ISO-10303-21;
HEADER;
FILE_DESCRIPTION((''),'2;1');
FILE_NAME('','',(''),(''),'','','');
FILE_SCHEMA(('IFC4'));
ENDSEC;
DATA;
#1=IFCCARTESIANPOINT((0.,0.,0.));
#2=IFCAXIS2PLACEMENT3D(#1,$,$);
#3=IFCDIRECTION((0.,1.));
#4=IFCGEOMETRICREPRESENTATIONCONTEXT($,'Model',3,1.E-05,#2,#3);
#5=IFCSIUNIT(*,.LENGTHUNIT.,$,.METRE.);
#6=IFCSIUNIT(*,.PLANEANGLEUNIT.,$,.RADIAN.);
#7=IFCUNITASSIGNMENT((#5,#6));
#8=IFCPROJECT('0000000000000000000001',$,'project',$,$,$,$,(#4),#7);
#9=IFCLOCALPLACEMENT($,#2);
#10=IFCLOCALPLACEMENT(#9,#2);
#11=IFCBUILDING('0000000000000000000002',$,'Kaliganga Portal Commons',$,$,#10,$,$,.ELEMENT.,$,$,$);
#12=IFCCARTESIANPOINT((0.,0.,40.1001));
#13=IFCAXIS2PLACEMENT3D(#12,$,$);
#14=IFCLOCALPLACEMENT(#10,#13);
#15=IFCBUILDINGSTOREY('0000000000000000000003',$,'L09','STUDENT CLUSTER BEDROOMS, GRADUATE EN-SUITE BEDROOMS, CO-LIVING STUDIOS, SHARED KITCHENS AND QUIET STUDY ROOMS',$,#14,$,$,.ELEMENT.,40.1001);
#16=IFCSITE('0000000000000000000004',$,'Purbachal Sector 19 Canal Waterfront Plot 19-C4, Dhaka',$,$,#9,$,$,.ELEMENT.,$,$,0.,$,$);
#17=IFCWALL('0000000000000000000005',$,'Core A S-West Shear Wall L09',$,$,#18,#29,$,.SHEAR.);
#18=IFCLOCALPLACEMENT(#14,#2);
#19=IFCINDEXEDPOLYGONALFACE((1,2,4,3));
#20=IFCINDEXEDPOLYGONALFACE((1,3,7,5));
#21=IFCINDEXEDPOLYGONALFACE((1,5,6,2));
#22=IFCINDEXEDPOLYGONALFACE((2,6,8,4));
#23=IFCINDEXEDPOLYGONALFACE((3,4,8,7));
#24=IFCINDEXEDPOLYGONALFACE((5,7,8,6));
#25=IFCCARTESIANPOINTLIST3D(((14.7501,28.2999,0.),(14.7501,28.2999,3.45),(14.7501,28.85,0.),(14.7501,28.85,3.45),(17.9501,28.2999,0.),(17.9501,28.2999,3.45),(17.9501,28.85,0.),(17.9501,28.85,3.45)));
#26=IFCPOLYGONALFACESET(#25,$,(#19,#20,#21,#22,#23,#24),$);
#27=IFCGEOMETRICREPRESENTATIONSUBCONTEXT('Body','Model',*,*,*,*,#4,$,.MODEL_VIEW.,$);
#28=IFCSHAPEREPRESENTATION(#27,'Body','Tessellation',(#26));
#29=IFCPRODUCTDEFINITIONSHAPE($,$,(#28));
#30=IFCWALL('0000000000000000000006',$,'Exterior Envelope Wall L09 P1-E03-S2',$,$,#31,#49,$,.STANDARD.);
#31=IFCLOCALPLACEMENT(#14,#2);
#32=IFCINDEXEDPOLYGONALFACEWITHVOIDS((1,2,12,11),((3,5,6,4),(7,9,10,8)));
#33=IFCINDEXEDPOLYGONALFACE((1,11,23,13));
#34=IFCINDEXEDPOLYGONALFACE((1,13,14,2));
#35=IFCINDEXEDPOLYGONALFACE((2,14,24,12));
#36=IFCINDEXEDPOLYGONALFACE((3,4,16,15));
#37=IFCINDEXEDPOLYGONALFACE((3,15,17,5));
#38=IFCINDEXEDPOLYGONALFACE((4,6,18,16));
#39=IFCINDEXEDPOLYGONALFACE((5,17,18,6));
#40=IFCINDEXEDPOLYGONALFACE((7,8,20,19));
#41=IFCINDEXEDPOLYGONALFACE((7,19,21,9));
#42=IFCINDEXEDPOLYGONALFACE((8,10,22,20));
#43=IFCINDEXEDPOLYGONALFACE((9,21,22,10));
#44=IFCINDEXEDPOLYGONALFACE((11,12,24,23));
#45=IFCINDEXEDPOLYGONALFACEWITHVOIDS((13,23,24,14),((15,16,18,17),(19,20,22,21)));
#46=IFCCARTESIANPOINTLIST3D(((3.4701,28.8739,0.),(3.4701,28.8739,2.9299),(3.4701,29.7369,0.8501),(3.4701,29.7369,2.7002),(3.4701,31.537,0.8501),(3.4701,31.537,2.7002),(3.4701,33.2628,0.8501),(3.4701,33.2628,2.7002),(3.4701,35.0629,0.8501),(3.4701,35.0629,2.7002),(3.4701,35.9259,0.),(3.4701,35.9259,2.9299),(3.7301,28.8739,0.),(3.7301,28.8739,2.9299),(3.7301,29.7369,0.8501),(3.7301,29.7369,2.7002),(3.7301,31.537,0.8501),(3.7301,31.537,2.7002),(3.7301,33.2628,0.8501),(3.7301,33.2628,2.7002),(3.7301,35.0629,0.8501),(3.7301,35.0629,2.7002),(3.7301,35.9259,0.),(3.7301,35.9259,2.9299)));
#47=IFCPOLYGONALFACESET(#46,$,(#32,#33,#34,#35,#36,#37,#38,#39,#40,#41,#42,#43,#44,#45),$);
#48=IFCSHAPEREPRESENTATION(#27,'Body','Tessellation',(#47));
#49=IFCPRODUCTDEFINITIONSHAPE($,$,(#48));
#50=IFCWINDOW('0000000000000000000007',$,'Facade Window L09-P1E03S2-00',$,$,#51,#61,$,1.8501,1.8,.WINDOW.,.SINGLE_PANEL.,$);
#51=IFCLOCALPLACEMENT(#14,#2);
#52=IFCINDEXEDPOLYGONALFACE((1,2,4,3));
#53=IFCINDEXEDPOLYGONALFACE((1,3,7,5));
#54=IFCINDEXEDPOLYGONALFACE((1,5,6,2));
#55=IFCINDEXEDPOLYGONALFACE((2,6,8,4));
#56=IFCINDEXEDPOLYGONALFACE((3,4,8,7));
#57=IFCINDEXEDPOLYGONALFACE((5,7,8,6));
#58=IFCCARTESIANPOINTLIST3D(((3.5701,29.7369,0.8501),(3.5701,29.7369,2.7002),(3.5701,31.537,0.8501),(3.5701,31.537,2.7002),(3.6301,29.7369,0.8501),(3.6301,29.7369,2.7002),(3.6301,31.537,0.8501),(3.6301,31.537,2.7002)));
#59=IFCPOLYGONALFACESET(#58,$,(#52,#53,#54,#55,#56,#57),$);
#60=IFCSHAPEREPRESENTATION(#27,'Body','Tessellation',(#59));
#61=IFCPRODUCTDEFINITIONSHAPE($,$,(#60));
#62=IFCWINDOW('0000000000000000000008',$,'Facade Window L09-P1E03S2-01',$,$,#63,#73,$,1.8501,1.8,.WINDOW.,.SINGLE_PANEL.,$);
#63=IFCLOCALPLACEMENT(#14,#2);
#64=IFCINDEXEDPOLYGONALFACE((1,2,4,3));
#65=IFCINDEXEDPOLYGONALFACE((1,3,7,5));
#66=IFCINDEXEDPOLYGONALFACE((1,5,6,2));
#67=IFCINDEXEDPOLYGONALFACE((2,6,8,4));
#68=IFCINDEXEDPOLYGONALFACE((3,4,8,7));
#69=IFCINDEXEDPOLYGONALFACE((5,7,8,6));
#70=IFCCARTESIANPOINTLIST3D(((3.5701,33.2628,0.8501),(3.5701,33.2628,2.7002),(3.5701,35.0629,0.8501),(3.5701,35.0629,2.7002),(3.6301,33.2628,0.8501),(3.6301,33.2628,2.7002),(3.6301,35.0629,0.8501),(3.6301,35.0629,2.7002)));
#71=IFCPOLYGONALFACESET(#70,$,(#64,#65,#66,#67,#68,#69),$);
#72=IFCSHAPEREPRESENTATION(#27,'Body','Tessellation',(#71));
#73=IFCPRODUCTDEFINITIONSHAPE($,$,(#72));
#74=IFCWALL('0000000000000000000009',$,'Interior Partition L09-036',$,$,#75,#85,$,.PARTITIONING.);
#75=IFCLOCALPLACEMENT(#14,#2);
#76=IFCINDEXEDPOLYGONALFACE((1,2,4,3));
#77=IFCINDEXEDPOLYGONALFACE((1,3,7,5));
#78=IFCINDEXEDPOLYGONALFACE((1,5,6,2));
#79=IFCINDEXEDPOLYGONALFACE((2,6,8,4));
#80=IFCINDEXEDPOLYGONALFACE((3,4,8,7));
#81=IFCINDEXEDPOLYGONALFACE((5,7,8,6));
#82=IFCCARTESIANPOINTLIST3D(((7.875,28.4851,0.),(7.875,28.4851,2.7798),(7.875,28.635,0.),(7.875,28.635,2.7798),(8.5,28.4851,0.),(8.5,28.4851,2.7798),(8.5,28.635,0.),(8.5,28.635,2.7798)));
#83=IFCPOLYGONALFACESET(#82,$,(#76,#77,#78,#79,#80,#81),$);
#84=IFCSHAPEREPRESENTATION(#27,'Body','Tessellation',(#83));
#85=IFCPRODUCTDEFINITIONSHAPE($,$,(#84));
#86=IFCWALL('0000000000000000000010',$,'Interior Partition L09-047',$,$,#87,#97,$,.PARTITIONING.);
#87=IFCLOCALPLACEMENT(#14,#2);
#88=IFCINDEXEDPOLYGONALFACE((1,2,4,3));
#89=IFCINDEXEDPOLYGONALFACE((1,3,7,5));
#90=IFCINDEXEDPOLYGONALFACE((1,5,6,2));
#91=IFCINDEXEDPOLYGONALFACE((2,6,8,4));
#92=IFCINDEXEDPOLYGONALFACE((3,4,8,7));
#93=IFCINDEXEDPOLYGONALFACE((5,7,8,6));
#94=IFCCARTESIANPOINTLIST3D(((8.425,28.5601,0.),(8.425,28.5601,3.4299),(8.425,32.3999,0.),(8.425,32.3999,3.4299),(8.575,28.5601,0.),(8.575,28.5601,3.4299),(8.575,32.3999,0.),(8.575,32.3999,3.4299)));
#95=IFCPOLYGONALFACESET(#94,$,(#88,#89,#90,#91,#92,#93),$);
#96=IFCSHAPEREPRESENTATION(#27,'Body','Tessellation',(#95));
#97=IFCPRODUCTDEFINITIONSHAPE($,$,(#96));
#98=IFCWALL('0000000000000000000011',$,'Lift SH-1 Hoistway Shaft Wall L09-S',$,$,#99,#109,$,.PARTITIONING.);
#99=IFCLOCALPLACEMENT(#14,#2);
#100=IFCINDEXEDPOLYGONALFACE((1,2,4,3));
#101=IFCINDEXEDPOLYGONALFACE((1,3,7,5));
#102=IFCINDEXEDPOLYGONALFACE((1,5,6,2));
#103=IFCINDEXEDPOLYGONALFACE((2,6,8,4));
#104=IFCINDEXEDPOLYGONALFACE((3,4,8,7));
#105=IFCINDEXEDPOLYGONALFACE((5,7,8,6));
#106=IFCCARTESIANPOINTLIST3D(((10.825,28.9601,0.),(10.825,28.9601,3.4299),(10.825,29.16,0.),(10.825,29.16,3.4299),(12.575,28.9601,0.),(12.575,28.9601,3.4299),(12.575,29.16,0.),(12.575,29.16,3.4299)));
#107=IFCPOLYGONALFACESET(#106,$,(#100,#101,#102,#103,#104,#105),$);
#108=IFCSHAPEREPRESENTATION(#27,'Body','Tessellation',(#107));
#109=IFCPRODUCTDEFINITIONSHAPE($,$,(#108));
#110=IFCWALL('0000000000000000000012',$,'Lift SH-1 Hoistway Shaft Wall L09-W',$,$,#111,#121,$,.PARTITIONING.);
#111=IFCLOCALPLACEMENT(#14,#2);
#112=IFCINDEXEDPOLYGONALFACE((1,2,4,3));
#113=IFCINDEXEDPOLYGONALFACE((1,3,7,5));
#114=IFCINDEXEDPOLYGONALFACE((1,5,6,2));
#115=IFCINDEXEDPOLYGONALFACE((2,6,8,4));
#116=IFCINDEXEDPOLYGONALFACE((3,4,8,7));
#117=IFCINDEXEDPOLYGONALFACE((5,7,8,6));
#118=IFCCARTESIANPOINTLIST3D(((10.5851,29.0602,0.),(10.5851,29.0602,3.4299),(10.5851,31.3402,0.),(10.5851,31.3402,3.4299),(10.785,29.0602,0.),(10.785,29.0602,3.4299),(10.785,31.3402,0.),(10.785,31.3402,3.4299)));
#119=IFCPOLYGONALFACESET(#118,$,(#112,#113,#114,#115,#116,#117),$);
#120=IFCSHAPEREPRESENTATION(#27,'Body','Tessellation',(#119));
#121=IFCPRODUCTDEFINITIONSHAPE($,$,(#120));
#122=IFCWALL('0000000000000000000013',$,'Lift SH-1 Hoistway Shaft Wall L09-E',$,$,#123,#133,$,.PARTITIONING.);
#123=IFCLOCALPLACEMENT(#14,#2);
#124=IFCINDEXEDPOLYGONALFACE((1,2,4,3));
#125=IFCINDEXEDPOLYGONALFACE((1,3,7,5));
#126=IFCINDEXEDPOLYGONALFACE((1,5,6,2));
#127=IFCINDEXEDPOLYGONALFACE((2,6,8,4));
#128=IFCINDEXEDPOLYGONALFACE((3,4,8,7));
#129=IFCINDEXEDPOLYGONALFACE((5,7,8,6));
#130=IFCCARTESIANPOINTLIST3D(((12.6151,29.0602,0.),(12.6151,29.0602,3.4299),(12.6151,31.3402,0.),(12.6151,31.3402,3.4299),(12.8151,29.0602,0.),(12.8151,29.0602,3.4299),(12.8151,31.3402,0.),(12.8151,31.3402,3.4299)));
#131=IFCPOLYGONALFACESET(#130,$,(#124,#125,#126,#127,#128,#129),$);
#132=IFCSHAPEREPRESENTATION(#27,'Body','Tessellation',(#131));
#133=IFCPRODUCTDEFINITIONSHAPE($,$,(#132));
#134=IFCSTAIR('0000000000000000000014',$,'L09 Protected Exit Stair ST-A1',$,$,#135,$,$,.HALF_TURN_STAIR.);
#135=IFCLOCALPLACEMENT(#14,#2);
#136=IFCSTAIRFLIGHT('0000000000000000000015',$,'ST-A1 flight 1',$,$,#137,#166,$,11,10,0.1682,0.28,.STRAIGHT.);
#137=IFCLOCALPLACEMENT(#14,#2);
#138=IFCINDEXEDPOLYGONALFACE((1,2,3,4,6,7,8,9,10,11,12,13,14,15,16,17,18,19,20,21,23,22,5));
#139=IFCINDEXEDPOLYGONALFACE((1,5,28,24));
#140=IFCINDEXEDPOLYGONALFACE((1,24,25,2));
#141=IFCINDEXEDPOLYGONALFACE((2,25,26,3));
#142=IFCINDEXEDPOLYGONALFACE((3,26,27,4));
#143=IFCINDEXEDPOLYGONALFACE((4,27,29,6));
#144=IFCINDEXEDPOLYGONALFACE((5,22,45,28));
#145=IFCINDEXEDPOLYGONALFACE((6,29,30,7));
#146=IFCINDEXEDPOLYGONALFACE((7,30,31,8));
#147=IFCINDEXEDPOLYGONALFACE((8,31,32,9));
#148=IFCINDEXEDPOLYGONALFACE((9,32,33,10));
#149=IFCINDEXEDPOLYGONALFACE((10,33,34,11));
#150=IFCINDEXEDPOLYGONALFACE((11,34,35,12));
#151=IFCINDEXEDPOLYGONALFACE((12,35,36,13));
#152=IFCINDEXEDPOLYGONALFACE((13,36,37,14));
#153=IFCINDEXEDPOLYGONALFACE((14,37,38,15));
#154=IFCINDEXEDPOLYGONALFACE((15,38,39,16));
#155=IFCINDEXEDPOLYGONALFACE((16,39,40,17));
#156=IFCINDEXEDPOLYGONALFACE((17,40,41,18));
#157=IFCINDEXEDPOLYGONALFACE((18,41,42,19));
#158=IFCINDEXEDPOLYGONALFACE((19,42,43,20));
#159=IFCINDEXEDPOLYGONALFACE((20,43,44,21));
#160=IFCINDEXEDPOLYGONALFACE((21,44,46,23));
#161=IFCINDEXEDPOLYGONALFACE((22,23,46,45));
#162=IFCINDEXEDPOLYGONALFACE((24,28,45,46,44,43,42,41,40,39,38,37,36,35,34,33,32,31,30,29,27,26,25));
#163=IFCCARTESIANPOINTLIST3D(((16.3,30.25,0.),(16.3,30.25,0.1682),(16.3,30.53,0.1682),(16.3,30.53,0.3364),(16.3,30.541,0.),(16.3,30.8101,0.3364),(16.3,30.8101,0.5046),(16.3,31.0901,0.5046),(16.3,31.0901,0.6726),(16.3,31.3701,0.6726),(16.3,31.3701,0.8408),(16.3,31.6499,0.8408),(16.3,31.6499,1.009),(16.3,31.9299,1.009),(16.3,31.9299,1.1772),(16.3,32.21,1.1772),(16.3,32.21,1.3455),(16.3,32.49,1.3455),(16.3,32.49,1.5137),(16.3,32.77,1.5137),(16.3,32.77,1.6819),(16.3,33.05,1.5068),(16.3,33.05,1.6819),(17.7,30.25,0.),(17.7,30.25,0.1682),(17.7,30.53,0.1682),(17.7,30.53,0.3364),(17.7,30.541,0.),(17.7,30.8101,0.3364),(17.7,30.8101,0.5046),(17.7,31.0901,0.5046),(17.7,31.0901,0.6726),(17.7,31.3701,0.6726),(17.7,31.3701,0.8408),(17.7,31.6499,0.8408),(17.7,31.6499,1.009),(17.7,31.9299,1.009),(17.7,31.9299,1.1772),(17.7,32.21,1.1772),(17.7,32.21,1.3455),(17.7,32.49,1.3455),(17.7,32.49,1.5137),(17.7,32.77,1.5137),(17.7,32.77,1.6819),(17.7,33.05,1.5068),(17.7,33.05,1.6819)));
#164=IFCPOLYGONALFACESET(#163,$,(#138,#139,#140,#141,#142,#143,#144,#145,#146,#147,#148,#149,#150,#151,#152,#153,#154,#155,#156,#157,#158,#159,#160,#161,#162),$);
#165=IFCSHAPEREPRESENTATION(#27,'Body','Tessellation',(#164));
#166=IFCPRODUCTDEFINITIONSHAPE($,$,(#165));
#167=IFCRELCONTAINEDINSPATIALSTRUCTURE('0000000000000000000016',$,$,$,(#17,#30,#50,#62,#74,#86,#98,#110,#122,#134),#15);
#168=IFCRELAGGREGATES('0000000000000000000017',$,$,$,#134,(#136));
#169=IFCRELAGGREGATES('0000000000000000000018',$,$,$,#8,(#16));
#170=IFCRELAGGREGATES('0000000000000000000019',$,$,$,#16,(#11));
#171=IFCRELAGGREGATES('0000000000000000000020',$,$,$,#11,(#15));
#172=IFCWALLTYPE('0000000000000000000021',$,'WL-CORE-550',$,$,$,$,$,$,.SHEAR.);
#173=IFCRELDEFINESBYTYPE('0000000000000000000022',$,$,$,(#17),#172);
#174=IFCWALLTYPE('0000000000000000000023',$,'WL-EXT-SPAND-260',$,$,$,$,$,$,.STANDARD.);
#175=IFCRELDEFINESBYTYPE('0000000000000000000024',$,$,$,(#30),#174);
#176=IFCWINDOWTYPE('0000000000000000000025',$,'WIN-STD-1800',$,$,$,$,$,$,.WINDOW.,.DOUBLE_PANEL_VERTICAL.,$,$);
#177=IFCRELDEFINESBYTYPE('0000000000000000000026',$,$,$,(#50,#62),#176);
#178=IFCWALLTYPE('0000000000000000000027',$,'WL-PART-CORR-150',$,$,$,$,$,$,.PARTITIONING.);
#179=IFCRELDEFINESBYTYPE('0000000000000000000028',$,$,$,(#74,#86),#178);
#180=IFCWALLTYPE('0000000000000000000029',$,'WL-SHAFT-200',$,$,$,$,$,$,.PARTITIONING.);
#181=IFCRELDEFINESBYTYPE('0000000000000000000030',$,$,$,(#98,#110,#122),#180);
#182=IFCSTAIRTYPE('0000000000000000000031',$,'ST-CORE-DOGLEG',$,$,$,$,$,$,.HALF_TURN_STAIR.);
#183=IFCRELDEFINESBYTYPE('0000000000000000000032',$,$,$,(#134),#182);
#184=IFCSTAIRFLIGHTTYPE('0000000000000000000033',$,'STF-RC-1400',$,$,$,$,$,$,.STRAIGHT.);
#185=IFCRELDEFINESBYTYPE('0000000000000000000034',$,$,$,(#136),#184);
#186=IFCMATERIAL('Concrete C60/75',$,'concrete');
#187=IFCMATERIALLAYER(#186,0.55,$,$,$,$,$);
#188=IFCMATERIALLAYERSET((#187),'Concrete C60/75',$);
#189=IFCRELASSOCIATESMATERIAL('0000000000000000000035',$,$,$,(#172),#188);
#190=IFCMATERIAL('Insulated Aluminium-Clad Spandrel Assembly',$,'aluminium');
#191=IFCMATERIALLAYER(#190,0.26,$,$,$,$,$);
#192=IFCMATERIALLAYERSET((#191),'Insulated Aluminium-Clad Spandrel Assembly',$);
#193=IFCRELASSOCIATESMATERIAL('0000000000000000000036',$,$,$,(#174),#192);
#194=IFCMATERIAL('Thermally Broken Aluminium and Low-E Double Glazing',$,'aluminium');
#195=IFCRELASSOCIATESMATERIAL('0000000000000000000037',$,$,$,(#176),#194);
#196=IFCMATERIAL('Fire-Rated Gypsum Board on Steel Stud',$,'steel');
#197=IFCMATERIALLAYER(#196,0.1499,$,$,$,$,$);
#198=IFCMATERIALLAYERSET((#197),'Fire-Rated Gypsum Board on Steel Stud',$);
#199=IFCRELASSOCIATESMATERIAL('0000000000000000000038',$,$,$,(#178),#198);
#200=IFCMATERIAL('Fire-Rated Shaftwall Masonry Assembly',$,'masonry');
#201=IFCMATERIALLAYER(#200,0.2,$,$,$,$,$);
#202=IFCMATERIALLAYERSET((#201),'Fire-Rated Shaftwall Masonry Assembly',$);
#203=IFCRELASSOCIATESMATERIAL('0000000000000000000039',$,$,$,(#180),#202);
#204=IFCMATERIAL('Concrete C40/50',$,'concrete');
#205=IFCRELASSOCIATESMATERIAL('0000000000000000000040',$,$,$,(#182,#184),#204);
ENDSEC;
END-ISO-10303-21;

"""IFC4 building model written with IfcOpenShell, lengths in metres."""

from ifc_helpers import new_model, si_unit, direction, frame, frame_2d, origin, place, context, subcontext, project, spatial, polyline, rectangle, outline, extrude, material, layer, layer_set, type_object, element, fill, aggregate, save


model = new_model("IFC4")

# Units and contexts
model_context = context("Model", 3, precision=1e-05, world=origin(), true_north=direction((0.0, 1.0)))
body_context = subcontext(model_context, "Body", "Model", "MODEL_VIEW")
ifc_project = project(units=[si_unit("LENGTHUNIT", "METRE"), si_unit("PLANEANGLEUNIT", "RADIAN")], contexts=[model_context])

# Site, building, storey
site_placement = place(None, origin())
site = spatial("IfcSite", under=ifc_project, at=site_placement, Name="Purbachal Sector 19 Canal Waterfront Plot 19-C4, Dhaka", CompositionType="ELEMENT", RefElevation=0.0)
building_placement = place(site_placement, origin())
building = spatial("IfcBuilding", under=site, at=building_placement, Name="Kaliganga Portal Commons", CompositionType="ELEMENT")
storey_placement = place(building_placement, frame((0.0, 0.0, 40.1001)))
storey = spatial("IfcBuildingStorey", under=building, at=storey_placement, Name="L09", Description="STUDENT CLUSTER BEDROOMS, GRADUATE EN-SUITE BEDROOMS, CO-LIVING STUDIOS, SHARED KITCHENS AND QUIET STUDY ROOMS", CompositionType="ELEMENT", Elevation=40.1001)

# Shared definitions
ifc_material_1 = material(Name="Concrete C60/75", Category="concrete")

# Wall
ifc_layer_1 = layer(ifc_material_1, 0.55)
ifc_layer_set_1 = layer_set([ifc_layer_1], Name="Concrete C60/75")
wall_type_1 = type_object("IfcWallType", Name="WL-CORE-550", PredefinedType="SHEAR", material=ifc_layer_set_1)
wall_1_placement = place(storey_placement, frame((14.75, 28.575, 0.0), z_axis=(0.0, 0.0, 1.0), x_axis=(1.0, 0.0, 0.0)))
element("IfcWall", 1, at=wall_1_placement, inside=storey, type_object=wall_type_1, Name="Core A S-West Shear Wall L09", PredefinedType="SHEAR", context=body_context, shape_type="SweptSolid", body=[
    extrude(rectangle(XDim=3.2, YDim=0.55, at=frame_2d((1.6001, 0.0))), origin(), (0.0, 0.0, 1.0), 3.45),
])

# Wall, openings, windows
ifc_material_2 = material(Name="Insulated Aluminium-Clad Spandrel Assembly", Category="aluminium")
ifc_layer_2 = layer(ifc_material_2, 0.26)
ifc_layer_set_2 = layer_set([ifc_layer_2], Name="Insulated Aluminium-Clad Spandrel Assembly")
wall_type_2 = type_object("IfcWallType", Name="WL-EXT-SPAND-260", PredefinedType="STANDARD", material=ifc_layer_set_2)
wall_2_placement = place(storey_placement, frame((3.6001, 28.874, 0.0), z_axis=(0.0, 0.0, 1.0), x_axis=(0.0, 1.0, 0.0)))
wall_2 = element("IfcWall", 2, at=wall_2_placement, inside=storey, type_object=wall_type_2, Name="Exterior Envelope Wall L09 P1-E03-S2", PredefinedType="STANDARD", context=body_context, shape_type="SweptSolid", body=[
    extrude(rectangle(XDim=7.052, YDim=0.26, at=frame_2d((3.5259, 0.0))), origin(), (0.0, 0.0, 1.0), 2.9299),
])
opening_1_placement = place(wall_2_placement, frame((0.863, 0.0, 0.8501)))
opening_1 = element("IfcOpeningElement", 3, at=opening_1_placement, cuts=wall_2, PredefinedType="OPENING", context=body_context, shape_type="SweptSolid", body=[
    extrude(rectangle(XDim=1.8, YDim=1.8501, at=frame_2d((0.8999, 0.925))), frame((0.0, 0.1401, 0.0), z_axis=(0.0, -1.0, 0.0), x_axis=(1.0, 0.0, 0.0)), (0.0, 0.0, 1.0), 0.28),
])
opening_2_placement = place(wall_2_placement, frame((4.3889, 0.0, 0.8501)))
opening_2 = element("IfcOpeningElement", 4, at=opening_2_placement, cuts=wall_2, PredefinedType="OPENING", context=body_context, shape_type="SweptSolid", body=[
    extrude(rectangle(XDim=1.8, YDim=1.8501, at=frame_2d((0.8999, 0.925))), frame((0.0, 0.1401, 0.0), z_axis=(0.0, -1.0, 0.0), x_axis=(1.0, 0.0, 0.0)), (0.0, 0.0, 1.0), 0.28),
])
ifc_material_3 = material(Name="Thermally Broken Aluminium and Low-E Double Glazing", Category="aluminium")
window_type = type_object("IfcWindowType", Name="WIN-STD-1800", PartitioningType="DOUBLE_PANEL_VERTICAL", PredefinedType="WINDOW", material=ifc_material_3)
window_1_placement = place(opening_1_placement, origin())
window_1 = element("IfcWindow", 5, at=window_1_placement, inside=storey, type_object=window_type, Name="Facade Window L09-P1E03S2-00", OverallHeight=1.8501, OverallWidth=1.8, PartitioningType="SINGLE_PANEL", PredefinedType="WINDOW", context=body_context, shape_type="SweptSolid", body=[
    extrude(rectangle(XDim=1.8, YDim=1.8501, at=frame_2d((0.8999, 0.925))), frame((0.0, 0.03, 0.0), z_axis=(0.0, -1.0, 0.0), x_axis=(1.0, 0.0, 0.0)), (0.0, 0.0, 1.0), 0.0601),
])
fill(opening_1, window_1)
window_2_placement = place(opening_2_placement, origin())
window_2 = element("IfcWindow", 6, at=window_2_placement, inside=storey, type_object=window_type, Name="Facade Window L09-P1E03S2-01", OverallHeight=1.8501, OverallWidth=1.8, PartitioningType="SINGLE_PANEL", PredefinedType="WINDOW", context=body_context, shape_type="SweptSolid", body=[
    extrude(rectangle(XDim=1.8, YDim=1.8501, at=frame_2d((0.8999, 0.925))), frame((0.0, 0.03, 0.0), z_axis=(0.0, -1.0, 0.0), x_axis=(1.0, 0.0, 0.0)), (0.0, 0.0, 1.0), 0.0601),
])
fill(opening_2, window_2)

# Walls
ifc_material_4 = material(Name="Fire-Rated Gypsum Board on Steel Stud", Category="steel")
ifc_layer_3 = layer(ifc_material_4, 0.1499)
ifc_layer_set_3 = layer_set([ifc_layer_3], Name="Fire-Rated Gypsum Board on Steel Stud")
wall_type_3 = type_object("IfcWallType", Name="WL-PART-CORR-150", PredefinedType="PARTITIONING", material=ifc_layer_set_3)
wall_3_placement = place(storey_placement, frame((7.875, 28.5601, 0.0), z_axis=(0.0, 0.0, 1.0), x_axis=(1.0, 0.0, 0.0)))
element("IfcWall", 7, at=wall_3_placement, inside=storey, type_object=wall_type_3, Name="Interior Partition L09-036", PredefinedType="PARTITIONING", context=body_context, shape_type="SweptSolid", body=[
    extrude(rectangle(XDim=0.625, YDim=0.1499, at=frame_2d((0.3125, 0.0))), origin(), (0.0, 0.0, 1.0), 2.7798),
])
wall_4_placement = place(storey_placement, frame((8.5, 28.5601, 0.0), z_axis=(0.0, 0.0, 1.0), x_axis=(0.0, 1.0, 0.0)))
element("IfcWall", 8, at=wall_4_placement, inside=storey, type_object=wall_type_3, Name="Interior Partition L09-047", PredefinedType="PARTITIONING", context=body_context, shape_type="SweptSolid", body=[
    extrude(rectangle(XDim=3.8398, YDim=0.1499, at=frame_2d((1.9199, 0.0))), origin(), (0.0, 0.0, 1.0), 3.4299),
])
ifc_material_5 = material(Name="Fire-Rated Shaftwall Masonry Assembly", Category="masonry")
ifc_layer_4 = layer(ifc_material_5, 0.2)
ifc_layer_set_4 = layer_set([ifc_layer_4], Name="Fire-Rated Shaftwall Masonry Assembly")
wall_type_4 = type_object("IfcWallType", Name="WL-SHAFT-200", PredefinedType="PARTITIONING", material=ifc_layer_set_4)
wall_5_placement = place(storey_placement, frame((10.825, 29.0601, 0.0), z_axis=(0.0, 0.0, 1.0), x_axis=(1.0, 0.0, 0.0)))
element("IfcWall", 9, at=wall_5_placement, inside=storey, type_object=wall_type_4, Name="Lift SH-1 Hoistway Shaft Wall L09-S", PredefinedType="PARTITIONING", context=body_context, shape_type="SweptSolid", body=[
    extrude(rectangle(XDim=1.75, YDim=0.2, at=frame_2d((0.875, 0.0))), origin(), (0.0, 0.0, 1.0), 3.4299),
])
for number, where, z_axis, x_axis, name in (
    (10, (10.6851, 29.0601, 0.0), (0.0, 0.0, 1.0), (0.0, 1.0, 0.0), "Lift SH-1 Hoistway Shaft Wall L09-W"),
    (11, (12.7151, 29.0601, 0.0), (0.0, 0.0, 1.0), (0.0, 1.0, 0.0), "Lift SH-1 Hoistway Shaft Wall L09-E"),
):
    element("IfcWall", number, at=place(storey_placement, frame(where, z_axis=z_axis, x_axis=x_axis)), inside=storey, type_object=wall_type_4, Name=name, PredefinedType="PARTITIONING", context=body_context, shape_type="SweptSolid", body=[
        extrude(rectangle(XDim=2.28, YDim=0.2, at=frame_2d((1.1401, 0.0))), origin(), (0.0, 0.0, 1.0), 3.4299),
    ])

# Stair, stair flight
ifc_material_6 = material(Name="Concrete C40/50", Category="concrete")
stair_type = type_object("IfcStairType", Name="ST-CORE-DOGLEG", PredefinedType="HALF_TURN_STAIR", material=ifc_material_6)
stair_placement = place(storey_placement, origin())
stair = element("IfcStair", 12, at=stair_placement, inside=storey, type_object=stair_type, Name="L09 Protected Exit Stair ST-A1", PredefinedType="HALF_TURN_STAIR")
stair_flight_type = type_object("IfcStairFlightType", Name="STF-RC-1400", PredefinedType="STRAIGHT", material=ifc_material_6)
stair_flight_placement = place(storey_placement, frame((17.0, 30.25, 0.0), z_axis=(0.0, 0.0, 1.0), x_axis=(0.0, 1.0, 0.0)))
stair_flight = element("IfcStairFlight", 13, at=stair_flight_placement, type_object=stair_flight_type, Name="ST-A1 flight 1", NumberOfRisers=11, NumberOfTreads=10, PredefinedType="STRAIGHT", RiserHeight=0.1682, TreadLength=0.28, context=body_context, shape_type="SweptSolid", body=[
    extrude(outline(polyline([(0.0, 0.0), (0.0, 0.1682), (0.28, 0.1682), (0.28, 0.3364), (0.5601, 0.3364), (0.5601, 0.5046), (0.8401, 0.5046), (0.8401, 0.6726), (1.1201, 0.6726), (1.1201, 0.8408), (1.3999, 0.8408), (1.3999, 1.009), (1.6799, 1.009), (1.6799, 1.1772), (1.96, 1.1772), (1.96, 1.3455), (2.24, 1.3455), (2.24, 1.5137), (2.52, 1.5137), (2.52, 1.6819), (2.8, 1.6819), (2.8, 1.8501), (2.8, 1.5068), (0.291, 0.0), (0.0, 0.0)])), frame((0.0, 0.7, 0.0), z_axis=(0.0, -1.0, 0.0), x_axis=(1.0, 0.0, 0.0)), (0.0, 0.0, 1.0), 1.3999),
])
aggregate(stair, [stair_flight])

save(model, "model.ifc")
